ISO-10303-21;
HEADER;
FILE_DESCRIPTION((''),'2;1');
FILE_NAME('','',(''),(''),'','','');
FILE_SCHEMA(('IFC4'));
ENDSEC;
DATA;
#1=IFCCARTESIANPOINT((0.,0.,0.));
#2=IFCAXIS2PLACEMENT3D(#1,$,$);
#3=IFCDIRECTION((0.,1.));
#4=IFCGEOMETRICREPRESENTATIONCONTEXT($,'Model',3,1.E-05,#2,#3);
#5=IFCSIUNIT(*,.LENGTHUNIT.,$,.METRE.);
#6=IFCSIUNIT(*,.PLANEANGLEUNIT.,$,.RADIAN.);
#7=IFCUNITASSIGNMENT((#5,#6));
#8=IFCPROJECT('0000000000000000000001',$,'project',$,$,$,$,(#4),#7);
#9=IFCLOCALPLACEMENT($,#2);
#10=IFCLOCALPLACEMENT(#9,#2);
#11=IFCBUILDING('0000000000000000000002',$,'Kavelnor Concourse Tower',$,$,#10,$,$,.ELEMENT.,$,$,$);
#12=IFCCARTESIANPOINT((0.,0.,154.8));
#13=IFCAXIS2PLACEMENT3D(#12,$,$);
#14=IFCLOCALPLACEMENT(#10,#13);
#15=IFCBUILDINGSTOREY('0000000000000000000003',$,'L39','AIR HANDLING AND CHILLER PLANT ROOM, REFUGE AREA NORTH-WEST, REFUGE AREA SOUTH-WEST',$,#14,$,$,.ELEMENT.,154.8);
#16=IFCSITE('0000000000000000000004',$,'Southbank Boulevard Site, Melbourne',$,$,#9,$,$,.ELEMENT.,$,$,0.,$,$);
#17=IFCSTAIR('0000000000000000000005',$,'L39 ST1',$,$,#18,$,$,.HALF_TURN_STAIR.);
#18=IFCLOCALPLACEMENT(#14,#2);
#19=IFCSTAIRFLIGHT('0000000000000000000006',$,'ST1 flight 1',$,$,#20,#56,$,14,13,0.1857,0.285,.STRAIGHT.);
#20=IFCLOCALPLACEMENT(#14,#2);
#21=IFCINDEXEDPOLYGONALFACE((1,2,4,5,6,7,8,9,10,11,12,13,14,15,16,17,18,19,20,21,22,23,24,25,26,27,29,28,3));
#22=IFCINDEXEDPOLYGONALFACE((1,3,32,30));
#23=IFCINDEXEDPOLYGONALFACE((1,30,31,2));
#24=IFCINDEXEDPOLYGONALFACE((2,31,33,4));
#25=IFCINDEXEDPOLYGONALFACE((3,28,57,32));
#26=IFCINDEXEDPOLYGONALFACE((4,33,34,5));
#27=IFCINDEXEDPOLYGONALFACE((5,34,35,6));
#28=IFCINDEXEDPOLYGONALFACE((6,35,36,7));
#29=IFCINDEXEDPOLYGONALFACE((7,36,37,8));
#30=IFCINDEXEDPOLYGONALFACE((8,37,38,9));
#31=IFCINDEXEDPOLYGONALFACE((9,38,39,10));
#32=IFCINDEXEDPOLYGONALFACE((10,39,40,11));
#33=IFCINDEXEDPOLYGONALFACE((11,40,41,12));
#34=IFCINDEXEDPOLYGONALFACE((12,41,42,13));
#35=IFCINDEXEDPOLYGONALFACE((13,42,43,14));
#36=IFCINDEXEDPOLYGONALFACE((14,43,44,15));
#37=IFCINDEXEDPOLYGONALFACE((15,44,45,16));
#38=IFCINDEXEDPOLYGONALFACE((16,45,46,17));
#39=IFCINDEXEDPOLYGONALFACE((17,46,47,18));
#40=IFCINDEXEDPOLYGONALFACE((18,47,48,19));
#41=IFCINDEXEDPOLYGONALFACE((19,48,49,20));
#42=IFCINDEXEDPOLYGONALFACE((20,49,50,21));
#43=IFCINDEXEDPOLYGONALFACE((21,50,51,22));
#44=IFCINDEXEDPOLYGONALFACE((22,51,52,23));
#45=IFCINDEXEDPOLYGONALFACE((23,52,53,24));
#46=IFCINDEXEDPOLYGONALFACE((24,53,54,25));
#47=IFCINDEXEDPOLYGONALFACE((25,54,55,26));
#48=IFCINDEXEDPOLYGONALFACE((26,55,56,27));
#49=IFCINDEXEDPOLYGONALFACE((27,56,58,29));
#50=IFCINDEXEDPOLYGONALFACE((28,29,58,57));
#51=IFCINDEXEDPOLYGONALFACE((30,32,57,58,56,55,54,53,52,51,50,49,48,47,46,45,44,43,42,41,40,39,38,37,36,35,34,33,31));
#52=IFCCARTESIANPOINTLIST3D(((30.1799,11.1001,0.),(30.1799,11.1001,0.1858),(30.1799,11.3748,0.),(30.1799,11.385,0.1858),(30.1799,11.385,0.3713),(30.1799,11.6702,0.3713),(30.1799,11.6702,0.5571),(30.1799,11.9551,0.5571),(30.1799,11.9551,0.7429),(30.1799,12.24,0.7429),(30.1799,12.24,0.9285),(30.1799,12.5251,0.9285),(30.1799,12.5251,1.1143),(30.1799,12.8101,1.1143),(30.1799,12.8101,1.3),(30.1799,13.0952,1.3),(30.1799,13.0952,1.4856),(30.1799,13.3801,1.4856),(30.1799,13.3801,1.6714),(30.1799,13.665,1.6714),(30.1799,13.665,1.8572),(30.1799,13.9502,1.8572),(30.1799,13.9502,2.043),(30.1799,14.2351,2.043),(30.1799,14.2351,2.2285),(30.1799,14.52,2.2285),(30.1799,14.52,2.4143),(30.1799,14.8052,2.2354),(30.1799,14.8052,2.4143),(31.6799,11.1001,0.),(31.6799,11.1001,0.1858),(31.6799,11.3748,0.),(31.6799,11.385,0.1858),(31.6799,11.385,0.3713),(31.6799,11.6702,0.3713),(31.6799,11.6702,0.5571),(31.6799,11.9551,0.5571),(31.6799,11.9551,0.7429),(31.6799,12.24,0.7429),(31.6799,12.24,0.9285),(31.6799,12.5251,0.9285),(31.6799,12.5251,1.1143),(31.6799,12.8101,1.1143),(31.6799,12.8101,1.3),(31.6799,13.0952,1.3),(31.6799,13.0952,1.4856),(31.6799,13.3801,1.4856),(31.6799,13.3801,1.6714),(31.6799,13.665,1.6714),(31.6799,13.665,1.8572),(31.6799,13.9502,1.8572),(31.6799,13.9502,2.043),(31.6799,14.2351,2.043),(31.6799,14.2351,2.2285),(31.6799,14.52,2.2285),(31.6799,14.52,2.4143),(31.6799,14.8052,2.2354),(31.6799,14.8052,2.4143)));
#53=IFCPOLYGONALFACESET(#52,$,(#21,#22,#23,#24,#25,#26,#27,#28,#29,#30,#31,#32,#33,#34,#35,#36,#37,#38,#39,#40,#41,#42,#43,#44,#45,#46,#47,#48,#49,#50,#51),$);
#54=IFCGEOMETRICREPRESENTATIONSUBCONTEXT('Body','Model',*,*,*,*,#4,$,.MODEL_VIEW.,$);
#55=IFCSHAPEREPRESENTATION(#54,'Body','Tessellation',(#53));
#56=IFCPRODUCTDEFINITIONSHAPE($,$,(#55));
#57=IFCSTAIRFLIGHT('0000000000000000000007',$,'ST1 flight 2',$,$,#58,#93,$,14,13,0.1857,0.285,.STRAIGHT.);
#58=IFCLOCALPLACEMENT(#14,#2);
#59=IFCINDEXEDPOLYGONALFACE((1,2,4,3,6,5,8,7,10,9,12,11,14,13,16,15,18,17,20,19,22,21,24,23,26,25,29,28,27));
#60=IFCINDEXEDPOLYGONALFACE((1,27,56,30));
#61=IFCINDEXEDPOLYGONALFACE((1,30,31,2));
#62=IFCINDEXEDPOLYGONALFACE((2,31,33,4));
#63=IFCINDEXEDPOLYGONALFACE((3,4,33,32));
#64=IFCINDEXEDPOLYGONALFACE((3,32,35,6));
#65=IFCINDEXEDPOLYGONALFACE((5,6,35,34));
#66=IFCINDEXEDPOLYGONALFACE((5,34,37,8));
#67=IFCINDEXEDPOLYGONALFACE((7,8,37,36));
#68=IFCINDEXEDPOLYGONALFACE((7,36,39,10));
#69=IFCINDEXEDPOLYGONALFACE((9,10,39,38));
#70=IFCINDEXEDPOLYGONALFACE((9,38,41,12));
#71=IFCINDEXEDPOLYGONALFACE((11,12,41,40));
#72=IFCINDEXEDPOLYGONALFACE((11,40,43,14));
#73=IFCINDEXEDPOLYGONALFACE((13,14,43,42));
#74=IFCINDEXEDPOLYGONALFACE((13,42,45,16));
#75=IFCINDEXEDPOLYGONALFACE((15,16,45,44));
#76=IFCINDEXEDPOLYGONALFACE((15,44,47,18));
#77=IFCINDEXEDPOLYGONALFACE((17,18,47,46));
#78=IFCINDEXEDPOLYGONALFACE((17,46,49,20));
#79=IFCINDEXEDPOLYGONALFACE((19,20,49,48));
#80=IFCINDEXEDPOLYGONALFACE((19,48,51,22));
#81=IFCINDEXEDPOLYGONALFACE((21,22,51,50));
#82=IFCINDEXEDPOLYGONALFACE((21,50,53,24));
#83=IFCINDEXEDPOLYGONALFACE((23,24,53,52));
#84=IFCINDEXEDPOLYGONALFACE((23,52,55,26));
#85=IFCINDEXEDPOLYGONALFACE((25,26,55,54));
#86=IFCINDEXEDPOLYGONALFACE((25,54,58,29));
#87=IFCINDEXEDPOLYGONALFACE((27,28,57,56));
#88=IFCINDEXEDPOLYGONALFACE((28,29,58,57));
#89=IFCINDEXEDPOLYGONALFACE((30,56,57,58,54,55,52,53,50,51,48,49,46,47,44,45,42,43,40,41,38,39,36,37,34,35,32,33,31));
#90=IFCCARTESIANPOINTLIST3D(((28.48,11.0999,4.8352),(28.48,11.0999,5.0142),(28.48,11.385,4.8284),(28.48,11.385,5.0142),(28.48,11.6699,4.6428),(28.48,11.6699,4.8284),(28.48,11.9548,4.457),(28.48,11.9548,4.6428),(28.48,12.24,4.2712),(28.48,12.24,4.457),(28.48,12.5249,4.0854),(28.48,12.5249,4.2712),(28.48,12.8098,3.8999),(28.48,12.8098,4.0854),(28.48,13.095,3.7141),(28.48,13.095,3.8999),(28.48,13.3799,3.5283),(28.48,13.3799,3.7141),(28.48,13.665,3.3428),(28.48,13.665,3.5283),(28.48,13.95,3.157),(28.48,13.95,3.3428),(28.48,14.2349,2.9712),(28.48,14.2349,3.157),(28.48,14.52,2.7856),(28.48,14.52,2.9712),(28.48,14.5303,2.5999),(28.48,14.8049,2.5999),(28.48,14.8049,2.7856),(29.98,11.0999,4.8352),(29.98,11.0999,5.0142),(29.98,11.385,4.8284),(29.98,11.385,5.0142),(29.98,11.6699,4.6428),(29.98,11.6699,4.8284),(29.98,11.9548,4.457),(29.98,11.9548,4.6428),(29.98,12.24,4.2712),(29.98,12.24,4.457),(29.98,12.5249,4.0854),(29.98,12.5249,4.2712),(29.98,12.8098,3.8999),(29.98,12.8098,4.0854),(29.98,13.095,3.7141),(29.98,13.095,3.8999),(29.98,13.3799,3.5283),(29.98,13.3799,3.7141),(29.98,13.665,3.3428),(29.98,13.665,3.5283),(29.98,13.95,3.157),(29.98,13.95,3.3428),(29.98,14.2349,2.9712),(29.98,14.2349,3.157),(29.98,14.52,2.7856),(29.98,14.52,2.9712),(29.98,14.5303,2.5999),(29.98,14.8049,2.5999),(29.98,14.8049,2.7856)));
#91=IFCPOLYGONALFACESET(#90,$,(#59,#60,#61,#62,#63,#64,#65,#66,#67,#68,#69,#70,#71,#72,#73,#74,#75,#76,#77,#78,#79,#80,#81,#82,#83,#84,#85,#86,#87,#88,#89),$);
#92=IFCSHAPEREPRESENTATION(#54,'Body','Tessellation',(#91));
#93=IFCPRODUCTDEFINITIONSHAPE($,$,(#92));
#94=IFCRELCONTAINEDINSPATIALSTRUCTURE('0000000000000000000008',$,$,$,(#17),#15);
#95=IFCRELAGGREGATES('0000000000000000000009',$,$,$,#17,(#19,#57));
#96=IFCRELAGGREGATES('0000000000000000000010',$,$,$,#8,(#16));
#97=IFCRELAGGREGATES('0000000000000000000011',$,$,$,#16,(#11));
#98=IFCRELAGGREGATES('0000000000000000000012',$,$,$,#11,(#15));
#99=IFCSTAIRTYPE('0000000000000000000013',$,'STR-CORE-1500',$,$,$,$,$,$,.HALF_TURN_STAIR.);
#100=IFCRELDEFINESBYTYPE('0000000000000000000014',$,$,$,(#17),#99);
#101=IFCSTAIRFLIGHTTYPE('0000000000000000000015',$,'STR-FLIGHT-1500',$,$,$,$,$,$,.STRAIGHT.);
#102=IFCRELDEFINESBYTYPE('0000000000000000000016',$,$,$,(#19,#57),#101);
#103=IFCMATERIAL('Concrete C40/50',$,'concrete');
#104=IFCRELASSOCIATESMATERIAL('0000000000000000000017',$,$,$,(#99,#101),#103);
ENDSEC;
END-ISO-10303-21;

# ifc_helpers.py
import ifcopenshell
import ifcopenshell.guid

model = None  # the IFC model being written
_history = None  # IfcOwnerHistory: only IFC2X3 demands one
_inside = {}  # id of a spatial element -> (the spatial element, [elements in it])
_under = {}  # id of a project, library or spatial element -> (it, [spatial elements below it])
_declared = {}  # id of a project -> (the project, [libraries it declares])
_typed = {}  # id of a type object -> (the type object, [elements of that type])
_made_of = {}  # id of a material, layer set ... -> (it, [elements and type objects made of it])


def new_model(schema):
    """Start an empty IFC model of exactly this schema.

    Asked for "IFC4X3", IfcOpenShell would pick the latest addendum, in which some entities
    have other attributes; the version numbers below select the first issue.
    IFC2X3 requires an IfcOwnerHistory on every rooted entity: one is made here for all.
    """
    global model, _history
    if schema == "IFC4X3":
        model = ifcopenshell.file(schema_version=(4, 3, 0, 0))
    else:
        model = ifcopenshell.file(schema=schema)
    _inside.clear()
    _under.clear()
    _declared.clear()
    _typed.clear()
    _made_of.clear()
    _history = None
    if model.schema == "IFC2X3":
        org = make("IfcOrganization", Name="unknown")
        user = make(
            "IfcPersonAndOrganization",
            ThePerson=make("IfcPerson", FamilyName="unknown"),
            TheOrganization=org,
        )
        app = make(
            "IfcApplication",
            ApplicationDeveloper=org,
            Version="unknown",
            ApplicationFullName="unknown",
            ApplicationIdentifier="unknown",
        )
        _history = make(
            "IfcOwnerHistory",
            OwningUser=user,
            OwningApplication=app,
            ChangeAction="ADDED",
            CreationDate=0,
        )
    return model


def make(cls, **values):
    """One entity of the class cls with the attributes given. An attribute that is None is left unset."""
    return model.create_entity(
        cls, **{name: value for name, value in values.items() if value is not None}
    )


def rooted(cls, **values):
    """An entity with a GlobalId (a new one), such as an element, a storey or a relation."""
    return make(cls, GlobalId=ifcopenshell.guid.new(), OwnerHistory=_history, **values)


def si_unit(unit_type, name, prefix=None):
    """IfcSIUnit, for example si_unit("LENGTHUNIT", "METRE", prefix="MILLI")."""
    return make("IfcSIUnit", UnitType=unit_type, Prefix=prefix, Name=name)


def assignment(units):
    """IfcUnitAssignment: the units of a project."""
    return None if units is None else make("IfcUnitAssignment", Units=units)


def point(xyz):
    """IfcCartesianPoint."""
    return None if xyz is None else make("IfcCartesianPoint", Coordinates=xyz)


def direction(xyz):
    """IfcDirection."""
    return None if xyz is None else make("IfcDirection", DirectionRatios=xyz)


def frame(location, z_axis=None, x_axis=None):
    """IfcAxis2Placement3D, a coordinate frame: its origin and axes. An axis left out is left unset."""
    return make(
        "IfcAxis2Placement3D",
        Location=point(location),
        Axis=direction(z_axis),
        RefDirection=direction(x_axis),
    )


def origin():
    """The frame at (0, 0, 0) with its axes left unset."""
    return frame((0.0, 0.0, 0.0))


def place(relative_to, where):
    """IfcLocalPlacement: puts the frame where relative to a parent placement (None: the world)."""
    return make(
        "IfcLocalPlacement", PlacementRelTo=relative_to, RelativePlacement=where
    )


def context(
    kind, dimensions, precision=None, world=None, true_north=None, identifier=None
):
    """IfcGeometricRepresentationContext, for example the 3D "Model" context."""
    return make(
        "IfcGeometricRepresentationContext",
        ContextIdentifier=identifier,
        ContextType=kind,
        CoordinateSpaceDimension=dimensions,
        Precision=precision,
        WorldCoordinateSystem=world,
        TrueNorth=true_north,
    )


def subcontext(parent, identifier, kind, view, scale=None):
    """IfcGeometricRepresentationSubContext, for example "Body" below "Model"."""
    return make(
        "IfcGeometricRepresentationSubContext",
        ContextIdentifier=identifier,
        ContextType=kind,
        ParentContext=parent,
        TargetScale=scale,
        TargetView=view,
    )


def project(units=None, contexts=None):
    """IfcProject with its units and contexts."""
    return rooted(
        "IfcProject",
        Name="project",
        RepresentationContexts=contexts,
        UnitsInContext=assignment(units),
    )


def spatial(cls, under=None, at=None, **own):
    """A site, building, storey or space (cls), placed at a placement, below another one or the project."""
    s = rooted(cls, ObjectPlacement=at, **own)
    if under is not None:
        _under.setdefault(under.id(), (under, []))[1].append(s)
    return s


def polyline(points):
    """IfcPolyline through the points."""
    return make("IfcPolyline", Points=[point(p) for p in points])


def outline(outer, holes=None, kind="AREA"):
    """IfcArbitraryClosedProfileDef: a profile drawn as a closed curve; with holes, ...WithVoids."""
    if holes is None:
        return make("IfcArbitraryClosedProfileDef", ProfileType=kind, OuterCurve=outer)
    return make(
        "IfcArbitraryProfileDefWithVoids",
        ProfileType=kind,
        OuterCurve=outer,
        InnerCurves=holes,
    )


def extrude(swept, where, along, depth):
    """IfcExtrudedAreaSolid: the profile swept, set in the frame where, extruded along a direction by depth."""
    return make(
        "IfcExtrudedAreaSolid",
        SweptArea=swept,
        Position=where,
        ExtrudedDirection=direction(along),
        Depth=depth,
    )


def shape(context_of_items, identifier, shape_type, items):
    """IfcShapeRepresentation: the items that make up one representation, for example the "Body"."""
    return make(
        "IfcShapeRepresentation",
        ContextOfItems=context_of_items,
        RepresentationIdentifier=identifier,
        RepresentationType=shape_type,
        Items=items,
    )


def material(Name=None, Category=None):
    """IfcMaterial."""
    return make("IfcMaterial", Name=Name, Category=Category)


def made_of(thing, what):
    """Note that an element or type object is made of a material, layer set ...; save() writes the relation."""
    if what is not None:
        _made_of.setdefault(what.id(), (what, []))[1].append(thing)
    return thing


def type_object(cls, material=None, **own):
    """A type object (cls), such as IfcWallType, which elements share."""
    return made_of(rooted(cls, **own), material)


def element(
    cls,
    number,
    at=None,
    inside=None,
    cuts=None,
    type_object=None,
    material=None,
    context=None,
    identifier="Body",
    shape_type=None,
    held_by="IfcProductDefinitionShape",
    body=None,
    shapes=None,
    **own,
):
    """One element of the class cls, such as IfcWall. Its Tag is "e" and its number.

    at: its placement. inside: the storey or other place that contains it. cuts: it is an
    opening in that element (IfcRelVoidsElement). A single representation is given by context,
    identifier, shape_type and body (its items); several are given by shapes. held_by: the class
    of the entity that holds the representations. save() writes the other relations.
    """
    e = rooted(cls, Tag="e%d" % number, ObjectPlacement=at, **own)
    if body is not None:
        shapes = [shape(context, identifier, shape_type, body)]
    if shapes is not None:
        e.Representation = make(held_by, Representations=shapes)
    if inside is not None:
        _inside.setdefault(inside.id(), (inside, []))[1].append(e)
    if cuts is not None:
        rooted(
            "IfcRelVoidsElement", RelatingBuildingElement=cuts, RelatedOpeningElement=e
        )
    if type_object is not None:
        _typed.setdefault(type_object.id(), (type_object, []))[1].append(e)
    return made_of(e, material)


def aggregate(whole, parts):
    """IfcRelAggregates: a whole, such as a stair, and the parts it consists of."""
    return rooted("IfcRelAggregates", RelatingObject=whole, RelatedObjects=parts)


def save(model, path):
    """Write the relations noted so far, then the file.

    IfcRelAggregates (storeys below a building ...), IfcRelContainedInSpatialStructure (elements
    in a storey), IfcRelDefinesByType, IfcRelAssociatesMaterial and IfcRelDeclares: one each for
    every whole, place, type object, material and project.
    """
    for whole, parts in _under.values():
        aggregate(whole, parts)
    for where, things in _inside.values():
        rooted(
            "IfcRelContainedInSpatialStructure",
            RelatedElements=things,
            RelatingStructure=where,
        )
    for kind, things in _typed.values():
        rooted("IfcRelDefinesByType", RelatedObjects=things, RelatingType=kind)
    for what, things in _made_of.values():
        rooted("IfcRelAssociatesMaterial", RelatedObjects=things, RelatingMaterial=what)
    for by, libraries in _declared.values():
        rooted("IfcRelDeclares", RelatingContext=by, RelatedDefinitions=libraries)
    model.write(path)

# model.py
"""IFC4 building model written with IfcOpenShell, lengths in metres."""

from ifc_helpers import new_model, si_unit, direction, frame, origin, place, context, subcontext, project, spatial, polyline, outline, extrude, material, type_object, element, aggregate, save


model = new_model("IFC4")

# Units and contexts
model_context = context("Model", 3, precision=1e-05, world=origin(), true_north=direction((0.0, 1.0)))
body_context = subcontext(model_context, "Body", "Model", "MODEL_VIEW")
ifc_project = project(units=[si_unit("LENGTHUNIT", "METRE"), si_unit("PLANEANGLEUNIT", "RADIAN")], contexts=[model_context])

# Site, building, storey
site_placement = place(None, origin())
site = spatial("IfcSite", under=ifc_project, at=site_placement, Name="Southbank Boulevard Site, Melbourne", CompositionType="ELEMENT", RefElevation=0.0)
building_placement = place(site_placement, origin())
building = spatial("IfcBuilding", under=site, at=building_placement, Name="Kavelnor Concourse Tower", CompositionType="ELEMENT")
storey_placement = place(building_placement, frame((0.0, 0.0, 154.8)))
storey = spatial("IfcBuildingStorey", under=building, at=storey_placement, Name="L39", Description="AIR HANDLING AND CHILLER PLANT ROOM, REFUGE AREA NORTH-WEST, REFUGE AREA SOUTH-WEST", CompositionType="ELEMENT", Elevation=154.8)

# Stair, stair flights
ifc_material_1 = material(Name="Concrete C40/50", Category="concrete")
stair_type = type_object("IfcStairType", Name="STR-CORE-1500", PredefinedType="HALF_TURN_STAIR", material=ifc_material_1)
stair_placement = place(storey_placement, origin())
stair = element("IfcStair", 1, at=stair_placement, inside=storey, type_object=stair_type, Name="L39 ST1", PredefinedType="HALF_TURN_STAIR")
stair_flight_type = type_object("IfcStairFlightType", Name="STR-FLIGHT-1500", PredefinedType="STRAIGHT", material=ifc_material_1)
stair_flight_1_placement = place(storey_placement, frame((30.9299, 11.1001, 0.0), z_axis=(0.0, 0.0, 1.0), x_axis=(0.0, 1.0, 0.0)))
stair_flight_1 = element("IfcStairFlight", 2, at=stair_flight_1_placement, type_object=stair_flight_type, Name="ST1 flight 1", NumberOfRisers=14, NumberOfTreads=13, PredefinedType="STRAIGHT", RiserHeight=0.1857, TreadLength=0.285, context=body_context, shape_type="SweptSolid", body=[
    extrude(outline(polyline([(0.0, 0.0), (0.0, 0.1858), (0.2849, 0.1858), (0.2849, 0.3713), (0.5701, 0.3713), (0.5701, 0.5571), (0.855, 0.5571), (0.855, 0.7429), (1.1399, 0.7429), (1.1399, 0.9285), (1.425, 0.9285), (1.425, 1.1143), (1.71, 1.1143), (1.71, 1.3), (1.9951, 1.3), (1.9951, 1.4856), (2.28, 1.4856), (2.28, 1.6714), (2.5649, 1.6714), (2.5649, 1.8572), (2.8501, 1.8572), (2.8501, 2.043), (3.135, 2.043), (3.135, 2.2285), (3.4199, 2.2285), (3.4199, 2.4143), (3.7051, 2.4143), (3.7051, 2.6001), (3.7051, 2.2354), (0.2747, 0.0), (0.0, 0.0)])), frame((0.0, 0.75, 0.0), z_axis=(0.0, -1.0, 0.0), x_axis=(1.0, 0.0, 0.0)), (0.0, 0.0, 1.0), 1.5),
])
stair_flight_2_placement = place(storey_placement, frame((29.23, 14.8049, 2.5999), z_axis=(0.0, 0.0, 1.0), x_axis=(0.0, -1.0, 0.0)))
stair_flight_2 = element("IfcStairFlight", 3, at=stair_flight_2_placement, type_object=stair_flight_type, Name="ST1 flight 2", NumberOfRisers=14, NumberOfTreads=13, PredefinedType="STRAIGHT", RiserHeight=0.1857, TreadLength=0.285, context=body_context, shape_type="SweptSolid", body=[
    extrude(outline(polyline([(0.0, 0.0), (0.0, 0.1858), (0.2849, 0.1858), (0.2849, 0.3713), (0.5701, 0.3713), (0.5701, 0.5571), (0.855, 0.5571), (0.855, 0.7429), (1.1399, 0.7429), (1.1399, 0.9285), (1.425, 0.9285), (1.425, 1.1143), (1.71, 1.1143), (1.71, 1.3), (1.9951, 1.3), (1.9951, 1.4856), (2.28, 1.4856), (2.28, 1.6714), (2.5649, 1.6714), (2.5649, 1.8572), (2.8501, 1.8572), (2.8501, 2.043), (3.135, 2.043), (3.135, 2.2285), (3.4199, 2.2285), (3.4199, 2.4143), (3.7051, 2.4143), (3.7051, 2.6001), (3.7051, 2.2354), (0.2747, 0.0), (0.0, 0.0)])), frame((0.0, 0.75, 0.0), z_axis=(0.0, -1.0, 0.0), x_axis=(1.0, 0.0, 0.0)), (0.0, 0.0, 1.0), 1.5),
])
aggregate(stair, [stair_flight_1, stair_flight_2])

save(model, "model.ifc")
